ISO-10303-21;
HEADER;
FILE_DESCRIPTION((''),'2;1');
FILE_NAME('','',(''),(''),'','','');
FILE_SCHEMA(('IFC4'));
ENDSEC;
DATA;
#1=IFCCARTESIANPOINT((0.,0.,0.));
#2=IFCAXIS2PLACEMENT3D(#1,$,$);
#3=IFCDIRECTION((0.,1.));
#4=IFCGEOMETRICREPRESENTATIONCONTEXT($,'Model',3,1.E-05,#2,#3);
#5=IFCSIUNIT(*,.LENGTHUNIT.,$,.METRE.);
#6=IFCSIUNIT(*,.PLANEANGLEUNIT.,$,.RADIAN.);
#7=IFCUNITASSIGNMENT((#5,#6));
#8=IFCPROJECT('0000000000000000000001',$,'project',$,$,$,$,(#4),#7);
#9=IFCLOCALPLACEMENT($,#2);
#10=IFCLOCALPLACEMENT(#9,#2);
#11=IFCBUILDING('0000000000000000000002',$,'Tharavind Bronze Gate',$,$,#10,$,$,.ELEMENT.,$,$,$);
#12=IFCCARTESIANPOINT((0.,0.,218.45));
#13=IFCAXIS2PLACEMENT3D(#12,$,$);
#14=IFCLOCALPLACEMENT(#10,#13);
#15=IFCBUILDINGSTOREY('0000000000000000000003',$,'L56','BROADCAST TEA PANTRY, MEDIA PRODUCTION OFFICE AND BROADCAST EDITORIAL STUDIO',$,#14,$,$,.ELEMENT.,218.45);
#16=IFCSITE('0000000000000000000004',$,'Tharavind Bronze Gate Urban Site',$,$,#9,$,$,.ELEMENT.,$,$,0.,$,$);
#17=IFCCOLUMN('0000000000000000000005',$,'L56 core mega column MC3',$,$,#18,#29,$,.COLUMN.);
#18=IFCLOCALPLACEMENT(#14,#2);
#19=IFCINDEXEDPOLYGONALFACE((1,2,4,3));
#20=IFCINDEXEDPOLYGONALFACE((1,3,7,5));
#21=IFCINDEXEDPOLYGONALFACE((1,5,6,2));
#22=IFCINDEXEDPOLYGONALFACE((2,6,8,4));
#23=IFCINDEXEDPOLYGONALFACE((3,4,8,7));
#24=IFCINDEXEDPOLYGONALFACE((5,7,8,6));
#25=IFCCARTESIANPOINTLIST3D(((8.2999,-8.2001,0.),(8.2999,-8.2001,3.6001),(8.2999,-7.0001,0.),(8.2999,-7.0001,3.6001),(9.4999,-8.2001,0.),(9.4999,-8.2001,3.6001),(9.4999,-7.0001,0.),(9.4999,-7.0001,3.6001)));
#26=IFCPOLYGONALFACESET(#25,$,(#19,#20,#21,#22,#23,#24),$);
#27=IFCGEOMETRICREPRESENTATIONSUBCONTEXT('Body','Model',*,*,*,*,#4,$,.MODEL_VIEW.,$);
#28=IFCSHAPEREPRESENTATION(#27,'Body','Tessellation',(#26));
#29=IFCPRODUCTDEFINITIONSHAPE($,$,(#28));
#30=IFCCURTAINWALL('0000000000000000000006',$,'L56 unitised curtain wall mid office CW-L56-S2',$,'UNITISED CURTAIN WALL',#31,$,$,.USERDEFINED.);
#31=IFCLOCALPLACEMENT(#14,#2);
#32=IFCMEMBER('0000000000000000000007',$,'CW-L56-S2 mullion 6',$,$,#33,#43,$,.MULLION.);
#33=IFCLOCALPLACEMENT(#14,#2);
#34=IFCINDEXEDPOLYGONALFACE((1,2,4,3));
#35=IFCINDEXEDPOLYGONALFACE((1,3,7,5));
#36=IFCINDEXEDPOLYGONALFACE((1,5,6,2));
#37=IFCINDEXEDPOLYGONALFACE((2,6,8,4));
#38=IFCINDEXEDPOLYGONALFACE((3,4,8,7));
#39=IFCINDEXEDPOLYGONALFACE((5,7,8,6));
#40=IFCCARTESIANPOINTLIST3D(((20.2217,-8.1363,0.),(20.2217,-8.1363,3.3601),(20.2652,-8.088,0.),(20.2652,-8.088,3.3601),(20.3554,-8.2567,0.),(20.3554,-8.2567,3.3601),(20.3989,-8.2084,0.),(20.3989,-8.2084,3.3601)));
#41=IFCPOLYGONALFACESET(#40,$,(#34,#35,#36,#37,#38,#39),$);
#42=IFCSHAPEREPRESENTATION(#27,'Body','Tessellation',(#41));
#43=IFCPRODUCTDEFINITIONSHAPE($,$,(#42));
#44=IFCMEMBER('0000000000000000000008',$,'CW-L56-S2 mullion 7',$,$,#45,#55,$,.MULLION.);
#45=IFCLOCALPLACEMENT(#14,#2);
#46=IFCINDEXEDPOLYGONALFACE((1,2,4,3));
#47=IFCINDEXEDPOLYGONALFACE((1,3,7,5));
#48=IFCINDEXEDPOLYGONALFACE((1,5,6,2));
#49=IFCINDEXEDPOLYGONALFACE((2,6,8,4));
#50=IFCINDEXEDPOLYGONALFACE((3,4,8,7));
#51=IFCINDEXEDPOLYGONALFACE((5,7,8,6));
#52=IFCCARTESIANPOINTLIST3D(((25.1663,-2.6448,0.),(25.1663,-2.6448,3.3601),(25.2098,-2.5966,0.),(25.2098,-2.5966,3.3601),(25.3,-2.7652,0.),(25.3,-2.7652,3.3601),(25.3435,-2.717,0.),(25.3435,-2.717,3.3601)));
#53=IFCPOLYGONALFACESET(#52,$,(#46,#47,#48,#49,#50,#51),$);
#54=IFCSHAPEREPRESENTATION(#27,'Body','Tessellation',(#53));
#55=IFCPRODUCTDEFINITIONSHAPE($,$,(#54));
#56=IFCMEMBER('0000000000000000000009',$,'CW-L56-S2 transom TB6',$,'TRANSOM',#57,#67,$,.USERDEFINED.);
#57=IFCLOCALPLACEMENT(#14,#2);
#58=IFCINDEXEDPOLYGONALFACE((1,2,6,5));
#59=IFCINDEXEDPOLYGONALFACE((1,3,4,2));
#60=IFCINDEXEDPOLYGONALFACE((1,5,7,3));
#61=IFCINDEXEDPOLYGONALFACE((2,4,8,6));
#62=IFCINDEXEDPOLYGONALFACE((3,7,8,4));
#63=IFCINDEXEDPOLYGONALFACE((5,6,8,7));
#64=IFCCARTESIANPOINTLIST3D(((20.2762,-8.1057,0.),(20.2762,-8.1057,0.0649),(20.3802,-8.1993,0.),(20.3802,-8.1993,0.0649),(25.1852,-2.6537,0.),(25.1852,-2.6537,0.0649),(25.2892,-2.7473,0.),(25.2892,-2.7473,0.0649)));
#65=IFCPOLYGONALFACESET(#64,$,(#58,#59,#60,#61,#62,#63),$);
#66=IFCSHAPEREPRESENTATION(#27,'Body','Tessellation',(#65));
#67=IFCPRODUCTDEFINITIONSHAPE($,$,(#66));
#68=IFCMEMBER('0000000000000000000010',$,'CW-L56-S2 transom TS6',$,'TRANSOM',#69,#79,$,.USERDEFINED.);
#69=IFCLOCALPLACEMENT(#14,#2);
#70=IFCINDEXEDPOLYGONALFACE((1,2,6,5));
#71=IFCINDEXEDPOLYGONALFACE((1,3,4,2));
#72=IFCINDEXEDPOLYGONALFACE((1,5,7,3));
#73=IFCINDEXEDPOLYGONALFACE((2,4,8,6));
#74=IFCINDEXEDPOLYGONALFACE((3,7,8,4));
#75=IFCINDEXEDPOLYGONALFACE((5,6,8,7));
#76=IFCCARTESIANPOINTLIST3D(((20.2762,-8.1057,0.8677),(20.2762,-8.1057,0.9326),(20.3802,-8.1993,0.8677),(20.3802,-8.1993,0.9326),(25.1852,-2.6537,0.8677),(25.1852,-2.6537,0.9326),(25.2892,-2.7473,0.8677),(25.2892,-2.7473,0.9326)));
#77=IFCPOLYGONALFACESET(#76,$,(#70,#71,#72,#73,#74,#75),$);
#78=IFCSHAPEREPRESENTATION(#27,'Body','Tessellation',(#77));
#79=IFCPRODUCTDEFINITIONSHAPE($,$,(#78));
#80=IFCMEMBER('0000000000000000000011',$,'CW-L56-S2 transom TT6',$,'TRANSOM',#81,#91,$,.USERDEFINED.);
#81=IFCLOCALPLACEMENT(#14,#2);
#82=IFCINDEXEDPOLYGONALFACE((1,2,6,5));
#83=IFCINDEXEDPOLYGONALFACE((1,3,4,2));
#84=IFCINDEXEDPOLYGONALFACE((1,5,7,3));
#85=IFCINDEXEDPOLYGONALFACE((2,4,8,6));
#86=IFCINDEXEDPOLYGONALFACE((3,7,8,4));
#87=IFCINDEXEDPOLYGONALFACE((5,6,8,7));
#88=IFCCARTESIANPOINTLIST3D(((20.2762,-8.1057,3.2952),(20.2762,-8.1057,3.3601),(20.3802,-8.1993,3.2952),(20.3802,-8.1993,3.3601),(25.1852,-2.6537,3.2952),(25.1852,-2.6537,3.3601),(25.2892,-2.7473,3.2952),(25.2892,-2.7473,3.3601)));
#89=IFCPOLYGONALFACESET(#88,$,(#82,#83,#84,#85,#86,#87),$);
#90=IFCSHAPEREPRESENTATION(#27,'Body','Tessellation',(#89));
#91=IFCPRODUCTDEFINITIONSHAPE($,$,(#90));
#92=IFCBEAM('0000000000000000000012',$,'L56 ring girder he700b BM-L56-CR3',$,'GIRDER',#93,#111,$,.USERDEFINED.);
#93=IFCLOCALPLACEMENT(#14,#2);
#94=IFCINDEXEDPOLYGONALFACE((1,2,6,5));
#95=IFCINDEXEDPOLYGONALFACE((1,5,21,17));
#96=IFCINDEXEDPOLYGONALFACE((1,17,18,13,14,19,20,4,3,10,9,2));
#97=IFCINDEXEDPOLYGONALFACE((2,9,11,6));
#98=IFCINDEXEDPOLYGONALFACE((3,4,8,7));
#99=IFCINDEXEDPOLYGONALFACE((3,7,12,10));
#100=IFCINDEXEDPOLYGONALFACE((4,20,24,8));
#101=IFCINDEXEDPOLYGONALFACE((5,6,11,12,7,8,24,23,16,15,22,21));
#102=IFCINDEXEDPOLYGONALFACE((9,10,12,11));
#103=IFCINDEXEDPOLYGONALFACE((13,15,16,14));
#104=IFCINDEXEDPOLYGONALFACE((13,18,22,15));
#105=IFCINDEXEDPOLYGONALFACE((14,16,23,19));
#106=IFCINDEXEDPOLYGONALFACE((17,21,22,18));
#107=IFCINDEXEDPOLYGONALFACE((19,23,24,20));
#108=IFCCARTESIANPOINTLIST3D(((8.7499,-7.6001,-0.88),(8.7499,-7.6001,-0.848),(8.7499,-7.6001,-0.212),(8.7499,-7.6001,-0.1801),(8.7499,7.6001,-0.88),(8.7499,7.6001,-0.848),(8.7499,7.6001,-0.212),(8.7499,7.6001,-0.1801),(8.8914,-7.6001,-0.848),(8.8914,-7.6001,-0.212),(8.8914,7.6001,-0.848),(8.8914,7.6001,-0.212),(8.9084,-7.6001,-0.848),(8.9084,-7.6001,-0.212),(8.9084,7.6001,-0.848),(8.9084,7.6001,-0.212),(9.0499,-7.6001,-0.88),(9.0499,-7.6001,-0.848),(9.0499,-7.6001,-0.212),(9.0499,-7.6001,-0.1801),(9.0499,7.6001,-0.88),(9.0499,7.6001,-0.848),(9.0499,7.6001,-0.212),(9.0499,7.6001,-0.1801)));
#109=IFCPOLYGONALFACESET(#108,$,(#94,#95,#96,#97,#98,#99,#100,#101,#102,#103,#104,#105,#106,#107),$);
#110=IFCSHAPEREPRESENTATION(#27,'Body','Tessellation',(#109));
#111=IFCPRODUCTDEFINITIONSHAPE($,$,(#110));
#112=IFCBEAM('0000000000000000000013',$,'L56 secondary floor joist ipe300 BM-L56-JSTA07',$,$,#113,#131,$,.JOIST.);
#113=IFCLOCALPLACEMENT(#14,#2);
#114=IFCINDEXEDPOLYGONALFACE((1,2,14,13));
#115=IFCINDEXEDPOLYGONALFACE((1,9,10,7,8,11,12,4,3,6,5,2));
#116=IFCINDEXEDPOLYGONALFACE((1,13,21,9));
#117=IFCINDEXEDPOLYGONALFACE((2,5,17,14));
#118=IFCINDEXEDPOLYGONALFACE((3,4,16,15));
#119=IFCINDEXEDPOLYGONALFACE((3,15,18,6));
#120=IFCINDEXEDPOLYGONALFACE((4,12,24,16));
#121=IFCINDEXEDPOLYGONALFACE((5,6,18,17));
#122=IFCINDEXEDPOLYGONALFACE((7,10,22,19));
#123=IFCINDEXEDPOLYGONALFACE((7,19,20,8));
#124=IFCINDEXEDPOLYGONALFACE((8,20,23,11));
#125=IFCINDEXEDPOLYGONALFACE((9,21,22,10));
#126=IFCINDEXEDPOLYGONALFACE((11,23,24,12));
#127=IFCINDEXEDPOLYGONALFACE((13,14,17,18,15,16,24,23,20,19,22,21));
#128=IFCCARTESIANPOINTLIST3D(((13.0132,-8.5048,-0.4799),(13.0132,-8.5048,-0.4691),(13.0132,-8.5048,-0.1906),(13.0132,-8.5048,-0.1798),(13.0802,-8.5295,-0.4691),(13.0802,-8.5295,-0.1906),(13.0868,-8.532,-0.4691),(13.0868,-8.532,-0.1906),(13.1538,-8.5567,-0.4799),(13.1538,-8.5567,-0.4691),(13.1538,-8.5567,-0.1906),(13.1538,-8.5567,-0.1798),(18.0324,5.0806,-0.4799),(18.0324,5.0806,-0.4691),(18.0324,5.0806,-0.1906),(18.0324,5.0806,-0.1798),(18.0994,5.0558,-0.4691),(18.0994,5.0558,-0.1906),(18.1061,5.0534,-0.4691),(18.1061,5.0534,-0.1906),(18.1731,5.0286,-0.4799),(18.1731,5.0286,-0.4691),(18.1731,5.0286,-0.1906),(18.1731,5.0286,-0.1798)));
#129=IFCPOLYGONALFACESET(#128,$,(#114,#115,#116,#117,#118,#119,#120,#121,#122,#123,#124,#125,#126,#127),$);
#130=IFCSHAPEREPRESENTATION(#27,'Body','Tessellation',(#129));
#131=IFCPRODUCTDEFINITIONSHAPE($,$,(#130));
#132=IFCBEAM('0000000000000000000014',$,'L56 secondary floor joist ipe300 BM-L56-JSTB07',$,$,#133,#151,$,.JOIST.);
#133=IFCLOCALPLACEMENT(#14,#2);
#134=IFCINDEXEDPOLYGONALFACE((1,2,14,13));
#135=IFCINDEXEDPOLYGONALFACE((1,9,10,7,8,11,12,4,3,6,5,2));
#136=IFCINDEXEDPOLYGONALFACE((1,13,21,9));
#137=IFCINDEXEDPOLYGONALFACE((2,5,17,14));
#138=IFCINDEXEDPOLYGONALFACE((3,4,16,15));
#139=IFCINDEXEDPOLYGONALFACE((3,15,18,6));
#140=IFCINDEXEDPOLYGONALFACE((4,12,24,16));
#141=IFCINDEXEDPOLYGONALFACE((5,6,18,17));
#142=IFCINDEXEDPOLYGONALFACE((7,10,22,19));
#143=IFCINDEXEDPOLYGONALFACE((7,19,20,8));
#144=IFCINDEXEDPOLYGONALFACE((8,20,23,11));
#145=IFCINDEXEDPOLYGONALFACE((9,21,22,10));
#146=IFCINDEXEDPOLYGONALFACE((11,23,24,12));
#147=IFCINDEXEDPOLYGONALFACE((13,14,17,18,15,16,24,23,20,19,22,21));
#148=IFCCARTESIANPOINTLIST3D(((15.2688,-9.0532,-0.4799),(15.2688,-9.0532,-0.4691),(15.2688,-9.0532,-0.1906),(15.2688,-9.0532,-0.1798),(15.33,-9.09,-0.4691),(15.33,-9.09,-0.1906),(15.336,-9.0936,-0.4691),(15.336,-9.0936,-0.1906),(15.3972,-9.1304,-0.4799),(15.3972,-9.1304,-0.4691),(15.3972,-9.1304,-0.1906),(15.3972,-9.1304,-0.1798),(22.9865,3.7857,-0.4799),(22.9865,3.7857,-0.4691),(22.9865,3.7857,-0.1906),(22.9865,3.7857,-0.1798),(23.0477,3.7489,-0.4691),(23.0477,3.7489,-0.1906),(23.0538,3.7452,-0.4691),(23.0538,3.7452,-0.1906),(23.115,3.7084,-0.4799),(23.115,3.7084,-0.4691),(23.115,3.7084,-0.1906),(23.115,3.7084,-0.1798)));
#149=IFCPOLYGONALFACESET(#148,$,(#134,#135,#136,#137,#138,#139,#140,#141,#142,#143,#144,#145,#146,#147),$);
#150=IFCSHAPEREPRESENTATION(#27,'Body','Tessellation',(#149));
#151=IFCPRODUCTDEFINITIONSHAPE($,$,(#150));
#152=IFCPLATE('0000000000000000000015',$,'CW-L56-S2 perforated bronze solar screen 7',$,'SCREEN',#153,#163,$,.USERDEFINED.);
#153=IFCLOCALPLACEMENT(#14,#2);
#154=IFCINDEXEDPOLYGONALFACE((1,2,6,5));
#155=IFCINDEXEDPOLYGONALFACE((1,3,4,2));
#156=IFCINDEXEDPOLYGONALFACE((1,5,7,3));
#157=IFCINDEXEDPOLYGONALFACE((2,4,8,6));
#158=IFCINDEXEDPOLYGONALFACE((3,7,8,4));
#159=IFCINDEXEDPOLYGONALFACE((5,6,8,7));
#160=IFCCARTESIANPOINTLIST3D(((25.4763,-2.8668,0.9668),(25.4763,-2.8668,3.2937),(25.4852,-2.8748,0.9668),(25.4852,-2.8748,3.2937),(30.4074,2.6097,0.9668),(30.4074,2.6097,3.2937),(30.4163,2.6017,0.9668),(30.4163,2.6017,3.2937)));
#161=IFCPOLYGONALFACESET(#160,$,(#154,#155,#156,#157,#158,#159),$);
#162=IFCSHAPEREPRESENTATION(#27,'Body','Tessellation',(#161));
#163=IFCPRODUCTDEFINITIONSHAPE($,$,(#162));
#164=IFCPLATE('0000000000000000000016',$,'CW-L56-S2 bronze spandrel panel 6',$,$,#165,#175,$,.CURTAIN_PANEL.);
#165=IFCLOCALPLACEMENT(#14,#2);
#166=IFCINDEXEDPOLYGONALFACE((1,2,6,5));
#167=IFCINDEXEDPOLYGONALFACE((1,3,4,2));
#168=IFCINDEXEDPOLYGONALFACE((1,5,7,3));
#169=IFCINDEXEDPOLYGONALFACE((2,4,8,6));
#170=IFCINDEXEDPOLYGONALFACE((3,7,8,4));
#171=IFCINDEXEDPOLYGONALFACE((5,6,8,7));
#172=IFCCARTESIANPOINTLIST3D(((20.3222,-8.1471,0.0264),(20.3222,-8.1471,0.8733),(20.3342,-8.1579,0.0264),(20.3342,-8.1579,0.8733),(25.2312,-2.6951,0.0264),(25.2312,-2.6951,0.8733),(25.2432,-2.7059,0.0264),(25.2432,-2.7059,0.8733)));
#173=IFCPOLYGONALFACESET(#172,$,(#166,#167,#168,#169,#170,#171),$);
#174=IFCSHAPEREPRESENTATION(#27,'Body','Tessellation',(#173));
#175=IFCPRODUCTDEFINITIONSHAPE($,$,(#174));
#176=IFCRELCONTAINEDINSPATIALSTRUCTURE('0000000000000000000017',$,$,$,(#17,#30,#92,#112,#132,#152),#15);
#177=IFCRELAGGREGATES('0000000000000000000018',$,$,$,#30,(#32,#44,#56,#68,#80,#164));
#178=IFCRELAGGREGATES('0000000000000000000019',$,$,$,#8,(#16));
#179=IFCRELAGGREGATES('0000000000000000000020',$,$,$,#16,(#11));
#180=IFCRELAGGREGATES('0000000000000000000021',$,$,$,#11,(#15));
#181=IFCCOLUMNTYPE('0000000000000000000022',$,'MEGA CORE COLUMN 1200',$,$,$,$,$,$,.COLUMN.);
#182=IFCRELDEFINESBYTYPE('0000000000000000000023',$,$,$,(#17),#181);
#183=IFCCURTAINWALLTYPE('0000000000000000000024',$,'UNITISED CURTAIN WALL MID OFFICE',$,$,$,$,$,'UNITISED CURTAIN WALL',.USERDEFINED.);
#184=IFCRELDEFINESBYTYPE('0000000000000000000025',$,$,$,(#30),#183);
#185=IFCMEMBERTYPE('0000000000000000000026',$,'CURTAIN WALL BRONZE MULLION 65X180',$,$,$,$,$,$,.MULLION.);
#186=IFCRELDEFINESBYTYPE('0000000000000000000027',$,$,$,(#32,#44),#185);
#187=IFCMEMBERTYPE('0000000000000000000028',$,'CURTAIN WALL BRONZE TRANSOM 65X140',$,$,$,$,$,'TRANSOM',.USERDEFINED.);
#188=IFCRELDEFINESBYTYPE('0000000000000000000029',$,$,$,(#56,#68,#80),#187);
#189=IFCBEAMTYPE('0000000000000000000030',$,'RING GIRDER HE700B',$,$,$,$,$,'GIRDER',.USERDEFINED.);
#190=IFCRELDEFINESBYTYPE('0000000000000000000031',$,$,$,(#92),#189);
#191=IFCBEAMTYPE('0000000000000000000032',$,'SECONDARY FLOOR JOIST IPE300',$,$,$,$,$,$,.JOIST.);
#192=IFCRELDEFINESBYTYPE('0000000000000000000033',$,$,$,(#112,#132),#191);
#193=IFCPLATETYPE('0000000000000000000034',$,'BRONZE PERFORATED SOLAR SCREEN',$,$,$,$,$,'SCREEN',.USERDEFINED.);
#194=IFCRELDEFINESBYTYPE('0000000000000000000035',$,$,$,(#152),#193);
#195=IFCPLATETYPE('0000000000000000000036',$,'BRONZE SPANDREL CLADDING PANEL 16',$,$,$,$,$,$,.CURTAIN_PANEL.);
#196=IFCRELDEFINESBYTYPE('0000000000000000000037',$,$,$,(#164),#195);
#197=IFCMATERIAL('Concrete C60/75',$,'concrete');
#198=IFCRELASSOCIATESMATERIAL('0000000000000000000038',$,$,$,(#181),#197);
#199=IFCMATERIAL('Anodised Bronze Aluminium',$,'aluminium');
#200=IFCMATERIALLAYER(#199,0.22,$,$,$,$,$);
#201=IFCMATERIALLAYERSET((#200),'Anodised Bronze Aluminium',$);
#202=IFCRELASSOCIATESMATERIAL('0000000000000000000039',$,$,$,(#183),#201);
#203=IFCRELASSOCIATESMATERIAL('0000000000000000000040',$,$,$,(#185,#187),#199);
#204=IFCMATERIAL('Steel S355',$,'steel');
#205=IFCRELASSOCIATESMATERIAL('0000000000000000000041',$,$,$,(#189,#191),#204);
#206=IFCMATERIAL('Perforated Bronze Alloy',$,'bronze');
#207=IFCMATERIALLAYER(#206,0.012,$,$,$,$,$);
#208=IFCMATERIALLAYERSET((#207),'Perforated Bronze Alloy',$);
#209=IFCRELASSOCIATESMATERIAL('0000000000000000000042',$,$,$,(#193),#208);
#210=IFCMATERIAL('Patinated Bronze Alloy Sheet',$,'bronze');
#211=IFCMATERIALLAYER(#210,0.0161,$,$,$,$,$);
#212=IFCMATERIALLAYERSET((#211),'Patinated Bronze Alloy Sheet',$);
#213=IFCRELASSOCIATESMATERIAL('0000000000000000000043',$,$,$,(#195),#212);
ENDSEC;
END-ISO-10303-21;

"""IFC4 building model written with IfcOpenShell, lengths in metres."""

from ifc_helpers import new_model, si_unit, direction, frame, origin, origin_2d, place, context, subcontext, project, spatial, rectangle, i_section, extrude, material, layer, layer_set, material_profile, profile_set, type_object, element, aggregate, save


model = new_model("IFC4")

# Units and contexts
model_context = context("Model", 3, precision=1e-05, world=origin(), true_north=direction((0.0, 1.0)))
body_context = subcontext(model_context, "Body", "Model", "MODEL_VIEW")
ifc_project = project(units=[si_unit("LENGTHUNIT", "METRE"), si_unit("PLANEANGLEUNIT", "RADIAN")], contexts=[model_context])

# Site, building, storey
site_placement = place(None, origin())
site = spatial("IfcSite", under=ifc_project, at=site_placement, Name="Tharavind Bronze Gate Urban Site", CompositionType="ELEMENT", RefElevation=0.0)
building_placement = place(site_placement, origin())
building = spatial("IfcBuilding", under=site, at=building_placement, Name="Tharavind Bronze Gate", CompositionType="ELEMENT")
storey_placement = place(building_placement, frame((0.0, 0.0, 218.45)))
storey = spatial("IfcBuildingStorey", under=building, at=storey_placement, Name="L56", Description="BROADCAST TEA PANTRY, MEDIA PRODUCTION OFFICE AND BROADCAST EDITORIAL STUDIO", CompositionType="ELEMENT", Elevation=218.45)

# Column
ifc_material_1 = material(Name="Concrete C60/75", Category="concrete")
ifc_material_profile_1 = material_profile(ifc_material_1, rectangle(XDim=1.2, YDim=1.2, at=origin_2d()), Name="RCCOL1200")
ifc_profile_set_1 = profile_set([ifc_material_profile_1], Name="Concrete C60/75")
column_type = type_object("IfcColumnType", Name="MEGA CORE COLUMN 1200", PredefinedType="COLUMN", material=ifc_profile_set_1)
column_placement = place(storey_placement, frame((8.8999, -7.6001, 0.0), z_axis=(0.0, 0.0, 1.0), x_axis=(1.0, 0.0, 0.0)))
element("IfcColumn", 1, at=column_placement, inside=storey, type_object=column_type, Name="L56 core mega column MC3", PredefinedType="COLUMN", context=body_context, shape_type="SweptSolid", body=[
    extrude(rectangle(XDim=1.2, YDim=1.2, at=origin_2d()), origin(), (0.0, 0.0, 1.0), 3.6001),
])

# Curtain wall, members
ifc_material_2 = material(Name="Anodised Bronze Aluminium", Category="aluminium")
ifc_layer_1 = layer(ifc_material_2, 0.22)
ifc_layer_set_1 = layer_set([ifc_layer_1], Name="Anodised Bronze Aluminium")
curtain_wall_type = type_object("IfcCurtainWallType", Name="UNITISED CURTAIN WALL MID OFFICE", ElementType="UNITISED CURTAIN WALL", PredefinedType="USERDEFINED", material=ifc_layer_set_1)
curtain_wall_placement = place(storey_placement, origin())
curtain_wall = element("IfcCurtainWall", 2, at=curtain_wall_placement, inside=storey, type_object=curtain_wall_type, Name="L56 unitised curtain wall mid office CW-L56-S2", ObjectType="UNITISED CURTAIN WALL", PredefinedType="USERDEFINED")
member_type_1 = type_object("IfcMemberType", Name="CURTAIN WALL BRONZE MULLION 65X180", PredefinedType="MULLION", material=ifc_material_2)
member_1_placement = place(storey_placement, frame((20.3103, -8.1724, 0.0), z_axis=(0.0, 0.0, 1.0), x_axis=(0.669131, 0.743145, 0.0)))
member_1 = element("IfcMember", 3, at=member_1_placement, type_object=member_type_1, Name="CW-L56-S2 mullion 6", PredefinedType="MULLION", context=body_context, shape_type="SweptSolid", body=[
    extrude(rectangle(XDim=0.0649, YDim=0.1799, at=origin_2d()), origin(), (0.0, 0.0, 1.0), 3.3601),
])
member_2_placement = place(storey_placement, frame((25.2549, -2.6809, 0.0), z_axis=(0.0, 0.0, 1.0), x_axis=(0.669131, 0.743145, 0.0)))
member_2 = element("IfcMember", 4, at=member_2_placement, type_object=member_type_1, Name="CW-L56-S2 mullion 7", PredefinedType="MULLION", context=body_context, shape_type="SweptSolid", body=[
    extrude(rectangle(XDim=0.0649, YDim=0.1799, at=origin_2d()), origin(), (0.0, 0.0, 1.0), 3.3601),
])
member_type_2 = type_object("IfcMemberType", Name="CURTAIN WALL BRONZE TRANSOM 65X140", ElementType="TRANSOM", PredefinedType="USERDEFINED", material=ifc_material_2)
member_3_placement = place(storey_placement, frame((22.7827, -5.4265, 0.0), z_axis=(0.0, 0.0, 1.0), x_axis=(0.669131, 0.743145, 0.0)))
member_3 = element("IfcMember", 5, at=member_3_placement, type_object=member_type_2, Name="CW-L56-S2 transom TB6", ObjectType="TRANSOM", PredefinedType="USERDEFINED", context=body_context, shape_type="SweptSolid", body=[
    extrude(rectangle(XDim=7.3364, YDim=0.1399, at=origin_2d()), origin(), (0.0, 0.0, 1.0), 0.0649),
])
member_4_placement = place(storey_placement, frame((22.7827, -5.4265, 0.8677), z_axis=(0.0, 0.0, 1.0), x_axis=(0.669131, 0.743145, 0.0)))
member_4 = element("IfcMember", 6, at=member_4_placement, type_object=member_type_2, Name="CW-L56-S2 transom TS6", ObjectType="TRANSOM", PredefinedType="USERDEFINED", context=body_context, shape_type="SweptSolid", body=[
    extrude(rectangle(XDim=7.3364, YDim=0.1399, at=origin_2d()), origin(), (0.0, 0.0, 1.0), 0.0649),
])
member_5_placement = place(storey_placement, frame((22.7827, -5.4265, 3.2952), z_axis=(0.0, 0.0, 1.0), x_axis=(0.669131, 0.743145, 0.0)))
member_5 = element("IfcMember", 7, at=member_5_placement, type_object=member_type_2, Name="CW-L56-S2 transom TT6", ObjectType="TRANSOM", PredefinedType="USERDEFINED", context=body_context, shape_type="SweptSolid", body=[
    extrude(rectangle(XDim=7.3364, YDim=0.1399, at=origin_2d()), origin(), (0.0, 0.0, 1.0), 0.0649),
])

# Beams
ifc_material_3 = material(Name="Steel S355", Category="steel")
ifc_material_profile_2 = material_profile(ifc_material_3, i_section(OverallWidth=0.3, OverallDepth=0.7, WebThickness=0.0171, FlangeThickness=0.032, at=origin_2d()), Name="HE700B")
ifc_profile_set_2 = profile_set([ifc_material_profile_2], Name="Steel S355")
beam_type_1 = type_object("IfcBeamType", Name="RING GIRDER HE700B", ElementType="GIRDER", PredefinedType="USERDEFINED", material=ifc_profile_set_2)
beam_1_placement = place(storey_placement, frame((8.8999, -7.6001, -0.53), z_axis=(0.0, 1.0, 0.0), x_axis=(-1.0, 0.0, 0.0)))
element("IfcBeam", 8, at=beam_1_placement, inside=storey, type_object=beam_type_1, Name="L56 ring girder he700b BM-L56-CR3", ObjectType="GIRDER", PredefinedType="USERDEFINED", context=body_context, shape_type="SweptSolid", body=[
    extrude(i_section(OverallWidth=0.3, OverallDepth=0.7, WebThickness=0.0171, FlangeThickness=0.032, at=origin_2d()), origin(), (0.0, 0.0, 1.0), 15.2002),
])
ifc_material_profile_3 = material_profile(ifc_material_3, i_section(OverallWidth=0.1499, OverallDepth=0.3, WebThickness=0.0071, FlangeThickness=0.0107, at=origin_2d()), Name="IPE300")
ifc_profile_set_3 = profile_set([ifc_material_profile_3], Name="Steel S355")
beam_type_2 = type_object("IfcBeamType", Name="SECONDARY FLOOR JOIST IPE300", PredefinedType="JOIST", material=ifc_profile_set_3)
beam_2_placement = place(storey_placement, frame((13.0835, -8.5308, -0.3298), z_axis=(0.346564, 0.938026, 0.0), x_axis=(-0.938026, 0.346564, 0.0)))
element("IfcBeam", 9, at=beam_2_placement, inside=storey, type_object=beam_type_2, Name="L56 secondary floor joist ipe300 BM-L56-JSTA07", PredefinedType="JOIST", context=body_context, shape_type="SweptSolid", body=[
    extrude(i_section(OverallWidth=0.1499, OverallDepth=0.3, WebThickness=0.0071, FlangeThickness=0.0107, at=origin_2d()), origin(), (0.0, 0.0, 1.0), 14.4829),
])
beam_3_placement = place(storey_placement, frame((15.333, -9.0918, -0.3298), z_axis=(0.515205, 0.857067, 0.0), x_axis=(-0.857067, 0.515205, 0.0)))
element("IfcBeam", 10, at=beam_3_placement, inside=storey, type_object=beam_type_2, Name="L56 secondary floor joist ipe300 BM-L56-JSTB07", PredefinedType="JOIST", context=body_context, shape_type="SweptSolid", body=[
    extrude(i_section(OverallWidth=0.1499, OverallDepth=0.3, WebThickness=0.0071, FlangeThickness=0.0107, at=origin_2d()), origin(), (0.0, 0.0, 1.0), 14.98),
])

# Plates
ifc_material_4 = material(Name="Perforated Bronze Alloy", Category="bronze")
ifc_layer_2 = layer(ifc_material_4, 0.012)
ifc_layer_set_2 = layer_set([ifc_layer_2], Name="Perforated Bronze Alloy")
plate_type_1 = type_object("IfcPlateType", Name="BRONZE PERFORATED SOLAR SCREEN", ElementType="SCREEN", PredefinedType="USERDEFINED", material=ifc_layer_set_2)
plate_1_placement = place(storey_placement, frame((27.9463, -0.1326, 0.9668), z_axis=(0.0, 0.0, 1.0), x_axis=(0.669131, 0.743145, 0.0)))
element("IfcPlate", 11, at=plate_1_placement, inside=storey, type_object=plate_type_1, Name="CW-L56-S2 perforated bronze solar screen 7", ObjectType="SCREEN", PredefinedType="USERDEFINED", context=body_context, shape_type="SweptSolid", body=[
    extrude(rectangle(XDim=7.3694, YDim=0.012, at=origin_2d()), origin(), (0.0, 0.0, 1.0), 2.3269),
])
ifc_material_5 = material(Name="Patinated Bronze Alloy Sheet", Category="bronze")
ifc_layer_3 = layer(ifc_material_5, 0.0161)
ifc_layer_set_3 = layer_set([ifc_layer_3], Name="Patinated Bronze Alloy Sheet")
plate_type_2 = type_object("IfcPlateType", Name="BRONZE SPANDREL CLADDING PANEL 16", PredefinedType="CURTAIN_PANEL", material=ifc_layer_set_3)
plate_2_placement = place(storey_placement, frame((22.7827, -5.4265, 0.0264), z_axis=(0.0, 0.0, 1.0), x_axis=(0.669131, 0.743145, 0.0)))
plate_2 = element("IfcPlate", 12, at=plate_2_placement, type_object=plate_type_2, Name="CW-L56-S2 bronze spandrel panel 6", PredefinedType="CURTAIN_PANEL", context=body_context, shape_type="SweptSolid", body=[
    extrude(rectangle(XDim=7.3364, YDim=0.0161, at=origin_2d()), origin(), (0.0, 0.0, 1.0), 0.8469),
])
aggregate(curtain_wall, [member_1, member_2, member_3, member_4, member_5, plate_2])

save(model, "model.ifc")
